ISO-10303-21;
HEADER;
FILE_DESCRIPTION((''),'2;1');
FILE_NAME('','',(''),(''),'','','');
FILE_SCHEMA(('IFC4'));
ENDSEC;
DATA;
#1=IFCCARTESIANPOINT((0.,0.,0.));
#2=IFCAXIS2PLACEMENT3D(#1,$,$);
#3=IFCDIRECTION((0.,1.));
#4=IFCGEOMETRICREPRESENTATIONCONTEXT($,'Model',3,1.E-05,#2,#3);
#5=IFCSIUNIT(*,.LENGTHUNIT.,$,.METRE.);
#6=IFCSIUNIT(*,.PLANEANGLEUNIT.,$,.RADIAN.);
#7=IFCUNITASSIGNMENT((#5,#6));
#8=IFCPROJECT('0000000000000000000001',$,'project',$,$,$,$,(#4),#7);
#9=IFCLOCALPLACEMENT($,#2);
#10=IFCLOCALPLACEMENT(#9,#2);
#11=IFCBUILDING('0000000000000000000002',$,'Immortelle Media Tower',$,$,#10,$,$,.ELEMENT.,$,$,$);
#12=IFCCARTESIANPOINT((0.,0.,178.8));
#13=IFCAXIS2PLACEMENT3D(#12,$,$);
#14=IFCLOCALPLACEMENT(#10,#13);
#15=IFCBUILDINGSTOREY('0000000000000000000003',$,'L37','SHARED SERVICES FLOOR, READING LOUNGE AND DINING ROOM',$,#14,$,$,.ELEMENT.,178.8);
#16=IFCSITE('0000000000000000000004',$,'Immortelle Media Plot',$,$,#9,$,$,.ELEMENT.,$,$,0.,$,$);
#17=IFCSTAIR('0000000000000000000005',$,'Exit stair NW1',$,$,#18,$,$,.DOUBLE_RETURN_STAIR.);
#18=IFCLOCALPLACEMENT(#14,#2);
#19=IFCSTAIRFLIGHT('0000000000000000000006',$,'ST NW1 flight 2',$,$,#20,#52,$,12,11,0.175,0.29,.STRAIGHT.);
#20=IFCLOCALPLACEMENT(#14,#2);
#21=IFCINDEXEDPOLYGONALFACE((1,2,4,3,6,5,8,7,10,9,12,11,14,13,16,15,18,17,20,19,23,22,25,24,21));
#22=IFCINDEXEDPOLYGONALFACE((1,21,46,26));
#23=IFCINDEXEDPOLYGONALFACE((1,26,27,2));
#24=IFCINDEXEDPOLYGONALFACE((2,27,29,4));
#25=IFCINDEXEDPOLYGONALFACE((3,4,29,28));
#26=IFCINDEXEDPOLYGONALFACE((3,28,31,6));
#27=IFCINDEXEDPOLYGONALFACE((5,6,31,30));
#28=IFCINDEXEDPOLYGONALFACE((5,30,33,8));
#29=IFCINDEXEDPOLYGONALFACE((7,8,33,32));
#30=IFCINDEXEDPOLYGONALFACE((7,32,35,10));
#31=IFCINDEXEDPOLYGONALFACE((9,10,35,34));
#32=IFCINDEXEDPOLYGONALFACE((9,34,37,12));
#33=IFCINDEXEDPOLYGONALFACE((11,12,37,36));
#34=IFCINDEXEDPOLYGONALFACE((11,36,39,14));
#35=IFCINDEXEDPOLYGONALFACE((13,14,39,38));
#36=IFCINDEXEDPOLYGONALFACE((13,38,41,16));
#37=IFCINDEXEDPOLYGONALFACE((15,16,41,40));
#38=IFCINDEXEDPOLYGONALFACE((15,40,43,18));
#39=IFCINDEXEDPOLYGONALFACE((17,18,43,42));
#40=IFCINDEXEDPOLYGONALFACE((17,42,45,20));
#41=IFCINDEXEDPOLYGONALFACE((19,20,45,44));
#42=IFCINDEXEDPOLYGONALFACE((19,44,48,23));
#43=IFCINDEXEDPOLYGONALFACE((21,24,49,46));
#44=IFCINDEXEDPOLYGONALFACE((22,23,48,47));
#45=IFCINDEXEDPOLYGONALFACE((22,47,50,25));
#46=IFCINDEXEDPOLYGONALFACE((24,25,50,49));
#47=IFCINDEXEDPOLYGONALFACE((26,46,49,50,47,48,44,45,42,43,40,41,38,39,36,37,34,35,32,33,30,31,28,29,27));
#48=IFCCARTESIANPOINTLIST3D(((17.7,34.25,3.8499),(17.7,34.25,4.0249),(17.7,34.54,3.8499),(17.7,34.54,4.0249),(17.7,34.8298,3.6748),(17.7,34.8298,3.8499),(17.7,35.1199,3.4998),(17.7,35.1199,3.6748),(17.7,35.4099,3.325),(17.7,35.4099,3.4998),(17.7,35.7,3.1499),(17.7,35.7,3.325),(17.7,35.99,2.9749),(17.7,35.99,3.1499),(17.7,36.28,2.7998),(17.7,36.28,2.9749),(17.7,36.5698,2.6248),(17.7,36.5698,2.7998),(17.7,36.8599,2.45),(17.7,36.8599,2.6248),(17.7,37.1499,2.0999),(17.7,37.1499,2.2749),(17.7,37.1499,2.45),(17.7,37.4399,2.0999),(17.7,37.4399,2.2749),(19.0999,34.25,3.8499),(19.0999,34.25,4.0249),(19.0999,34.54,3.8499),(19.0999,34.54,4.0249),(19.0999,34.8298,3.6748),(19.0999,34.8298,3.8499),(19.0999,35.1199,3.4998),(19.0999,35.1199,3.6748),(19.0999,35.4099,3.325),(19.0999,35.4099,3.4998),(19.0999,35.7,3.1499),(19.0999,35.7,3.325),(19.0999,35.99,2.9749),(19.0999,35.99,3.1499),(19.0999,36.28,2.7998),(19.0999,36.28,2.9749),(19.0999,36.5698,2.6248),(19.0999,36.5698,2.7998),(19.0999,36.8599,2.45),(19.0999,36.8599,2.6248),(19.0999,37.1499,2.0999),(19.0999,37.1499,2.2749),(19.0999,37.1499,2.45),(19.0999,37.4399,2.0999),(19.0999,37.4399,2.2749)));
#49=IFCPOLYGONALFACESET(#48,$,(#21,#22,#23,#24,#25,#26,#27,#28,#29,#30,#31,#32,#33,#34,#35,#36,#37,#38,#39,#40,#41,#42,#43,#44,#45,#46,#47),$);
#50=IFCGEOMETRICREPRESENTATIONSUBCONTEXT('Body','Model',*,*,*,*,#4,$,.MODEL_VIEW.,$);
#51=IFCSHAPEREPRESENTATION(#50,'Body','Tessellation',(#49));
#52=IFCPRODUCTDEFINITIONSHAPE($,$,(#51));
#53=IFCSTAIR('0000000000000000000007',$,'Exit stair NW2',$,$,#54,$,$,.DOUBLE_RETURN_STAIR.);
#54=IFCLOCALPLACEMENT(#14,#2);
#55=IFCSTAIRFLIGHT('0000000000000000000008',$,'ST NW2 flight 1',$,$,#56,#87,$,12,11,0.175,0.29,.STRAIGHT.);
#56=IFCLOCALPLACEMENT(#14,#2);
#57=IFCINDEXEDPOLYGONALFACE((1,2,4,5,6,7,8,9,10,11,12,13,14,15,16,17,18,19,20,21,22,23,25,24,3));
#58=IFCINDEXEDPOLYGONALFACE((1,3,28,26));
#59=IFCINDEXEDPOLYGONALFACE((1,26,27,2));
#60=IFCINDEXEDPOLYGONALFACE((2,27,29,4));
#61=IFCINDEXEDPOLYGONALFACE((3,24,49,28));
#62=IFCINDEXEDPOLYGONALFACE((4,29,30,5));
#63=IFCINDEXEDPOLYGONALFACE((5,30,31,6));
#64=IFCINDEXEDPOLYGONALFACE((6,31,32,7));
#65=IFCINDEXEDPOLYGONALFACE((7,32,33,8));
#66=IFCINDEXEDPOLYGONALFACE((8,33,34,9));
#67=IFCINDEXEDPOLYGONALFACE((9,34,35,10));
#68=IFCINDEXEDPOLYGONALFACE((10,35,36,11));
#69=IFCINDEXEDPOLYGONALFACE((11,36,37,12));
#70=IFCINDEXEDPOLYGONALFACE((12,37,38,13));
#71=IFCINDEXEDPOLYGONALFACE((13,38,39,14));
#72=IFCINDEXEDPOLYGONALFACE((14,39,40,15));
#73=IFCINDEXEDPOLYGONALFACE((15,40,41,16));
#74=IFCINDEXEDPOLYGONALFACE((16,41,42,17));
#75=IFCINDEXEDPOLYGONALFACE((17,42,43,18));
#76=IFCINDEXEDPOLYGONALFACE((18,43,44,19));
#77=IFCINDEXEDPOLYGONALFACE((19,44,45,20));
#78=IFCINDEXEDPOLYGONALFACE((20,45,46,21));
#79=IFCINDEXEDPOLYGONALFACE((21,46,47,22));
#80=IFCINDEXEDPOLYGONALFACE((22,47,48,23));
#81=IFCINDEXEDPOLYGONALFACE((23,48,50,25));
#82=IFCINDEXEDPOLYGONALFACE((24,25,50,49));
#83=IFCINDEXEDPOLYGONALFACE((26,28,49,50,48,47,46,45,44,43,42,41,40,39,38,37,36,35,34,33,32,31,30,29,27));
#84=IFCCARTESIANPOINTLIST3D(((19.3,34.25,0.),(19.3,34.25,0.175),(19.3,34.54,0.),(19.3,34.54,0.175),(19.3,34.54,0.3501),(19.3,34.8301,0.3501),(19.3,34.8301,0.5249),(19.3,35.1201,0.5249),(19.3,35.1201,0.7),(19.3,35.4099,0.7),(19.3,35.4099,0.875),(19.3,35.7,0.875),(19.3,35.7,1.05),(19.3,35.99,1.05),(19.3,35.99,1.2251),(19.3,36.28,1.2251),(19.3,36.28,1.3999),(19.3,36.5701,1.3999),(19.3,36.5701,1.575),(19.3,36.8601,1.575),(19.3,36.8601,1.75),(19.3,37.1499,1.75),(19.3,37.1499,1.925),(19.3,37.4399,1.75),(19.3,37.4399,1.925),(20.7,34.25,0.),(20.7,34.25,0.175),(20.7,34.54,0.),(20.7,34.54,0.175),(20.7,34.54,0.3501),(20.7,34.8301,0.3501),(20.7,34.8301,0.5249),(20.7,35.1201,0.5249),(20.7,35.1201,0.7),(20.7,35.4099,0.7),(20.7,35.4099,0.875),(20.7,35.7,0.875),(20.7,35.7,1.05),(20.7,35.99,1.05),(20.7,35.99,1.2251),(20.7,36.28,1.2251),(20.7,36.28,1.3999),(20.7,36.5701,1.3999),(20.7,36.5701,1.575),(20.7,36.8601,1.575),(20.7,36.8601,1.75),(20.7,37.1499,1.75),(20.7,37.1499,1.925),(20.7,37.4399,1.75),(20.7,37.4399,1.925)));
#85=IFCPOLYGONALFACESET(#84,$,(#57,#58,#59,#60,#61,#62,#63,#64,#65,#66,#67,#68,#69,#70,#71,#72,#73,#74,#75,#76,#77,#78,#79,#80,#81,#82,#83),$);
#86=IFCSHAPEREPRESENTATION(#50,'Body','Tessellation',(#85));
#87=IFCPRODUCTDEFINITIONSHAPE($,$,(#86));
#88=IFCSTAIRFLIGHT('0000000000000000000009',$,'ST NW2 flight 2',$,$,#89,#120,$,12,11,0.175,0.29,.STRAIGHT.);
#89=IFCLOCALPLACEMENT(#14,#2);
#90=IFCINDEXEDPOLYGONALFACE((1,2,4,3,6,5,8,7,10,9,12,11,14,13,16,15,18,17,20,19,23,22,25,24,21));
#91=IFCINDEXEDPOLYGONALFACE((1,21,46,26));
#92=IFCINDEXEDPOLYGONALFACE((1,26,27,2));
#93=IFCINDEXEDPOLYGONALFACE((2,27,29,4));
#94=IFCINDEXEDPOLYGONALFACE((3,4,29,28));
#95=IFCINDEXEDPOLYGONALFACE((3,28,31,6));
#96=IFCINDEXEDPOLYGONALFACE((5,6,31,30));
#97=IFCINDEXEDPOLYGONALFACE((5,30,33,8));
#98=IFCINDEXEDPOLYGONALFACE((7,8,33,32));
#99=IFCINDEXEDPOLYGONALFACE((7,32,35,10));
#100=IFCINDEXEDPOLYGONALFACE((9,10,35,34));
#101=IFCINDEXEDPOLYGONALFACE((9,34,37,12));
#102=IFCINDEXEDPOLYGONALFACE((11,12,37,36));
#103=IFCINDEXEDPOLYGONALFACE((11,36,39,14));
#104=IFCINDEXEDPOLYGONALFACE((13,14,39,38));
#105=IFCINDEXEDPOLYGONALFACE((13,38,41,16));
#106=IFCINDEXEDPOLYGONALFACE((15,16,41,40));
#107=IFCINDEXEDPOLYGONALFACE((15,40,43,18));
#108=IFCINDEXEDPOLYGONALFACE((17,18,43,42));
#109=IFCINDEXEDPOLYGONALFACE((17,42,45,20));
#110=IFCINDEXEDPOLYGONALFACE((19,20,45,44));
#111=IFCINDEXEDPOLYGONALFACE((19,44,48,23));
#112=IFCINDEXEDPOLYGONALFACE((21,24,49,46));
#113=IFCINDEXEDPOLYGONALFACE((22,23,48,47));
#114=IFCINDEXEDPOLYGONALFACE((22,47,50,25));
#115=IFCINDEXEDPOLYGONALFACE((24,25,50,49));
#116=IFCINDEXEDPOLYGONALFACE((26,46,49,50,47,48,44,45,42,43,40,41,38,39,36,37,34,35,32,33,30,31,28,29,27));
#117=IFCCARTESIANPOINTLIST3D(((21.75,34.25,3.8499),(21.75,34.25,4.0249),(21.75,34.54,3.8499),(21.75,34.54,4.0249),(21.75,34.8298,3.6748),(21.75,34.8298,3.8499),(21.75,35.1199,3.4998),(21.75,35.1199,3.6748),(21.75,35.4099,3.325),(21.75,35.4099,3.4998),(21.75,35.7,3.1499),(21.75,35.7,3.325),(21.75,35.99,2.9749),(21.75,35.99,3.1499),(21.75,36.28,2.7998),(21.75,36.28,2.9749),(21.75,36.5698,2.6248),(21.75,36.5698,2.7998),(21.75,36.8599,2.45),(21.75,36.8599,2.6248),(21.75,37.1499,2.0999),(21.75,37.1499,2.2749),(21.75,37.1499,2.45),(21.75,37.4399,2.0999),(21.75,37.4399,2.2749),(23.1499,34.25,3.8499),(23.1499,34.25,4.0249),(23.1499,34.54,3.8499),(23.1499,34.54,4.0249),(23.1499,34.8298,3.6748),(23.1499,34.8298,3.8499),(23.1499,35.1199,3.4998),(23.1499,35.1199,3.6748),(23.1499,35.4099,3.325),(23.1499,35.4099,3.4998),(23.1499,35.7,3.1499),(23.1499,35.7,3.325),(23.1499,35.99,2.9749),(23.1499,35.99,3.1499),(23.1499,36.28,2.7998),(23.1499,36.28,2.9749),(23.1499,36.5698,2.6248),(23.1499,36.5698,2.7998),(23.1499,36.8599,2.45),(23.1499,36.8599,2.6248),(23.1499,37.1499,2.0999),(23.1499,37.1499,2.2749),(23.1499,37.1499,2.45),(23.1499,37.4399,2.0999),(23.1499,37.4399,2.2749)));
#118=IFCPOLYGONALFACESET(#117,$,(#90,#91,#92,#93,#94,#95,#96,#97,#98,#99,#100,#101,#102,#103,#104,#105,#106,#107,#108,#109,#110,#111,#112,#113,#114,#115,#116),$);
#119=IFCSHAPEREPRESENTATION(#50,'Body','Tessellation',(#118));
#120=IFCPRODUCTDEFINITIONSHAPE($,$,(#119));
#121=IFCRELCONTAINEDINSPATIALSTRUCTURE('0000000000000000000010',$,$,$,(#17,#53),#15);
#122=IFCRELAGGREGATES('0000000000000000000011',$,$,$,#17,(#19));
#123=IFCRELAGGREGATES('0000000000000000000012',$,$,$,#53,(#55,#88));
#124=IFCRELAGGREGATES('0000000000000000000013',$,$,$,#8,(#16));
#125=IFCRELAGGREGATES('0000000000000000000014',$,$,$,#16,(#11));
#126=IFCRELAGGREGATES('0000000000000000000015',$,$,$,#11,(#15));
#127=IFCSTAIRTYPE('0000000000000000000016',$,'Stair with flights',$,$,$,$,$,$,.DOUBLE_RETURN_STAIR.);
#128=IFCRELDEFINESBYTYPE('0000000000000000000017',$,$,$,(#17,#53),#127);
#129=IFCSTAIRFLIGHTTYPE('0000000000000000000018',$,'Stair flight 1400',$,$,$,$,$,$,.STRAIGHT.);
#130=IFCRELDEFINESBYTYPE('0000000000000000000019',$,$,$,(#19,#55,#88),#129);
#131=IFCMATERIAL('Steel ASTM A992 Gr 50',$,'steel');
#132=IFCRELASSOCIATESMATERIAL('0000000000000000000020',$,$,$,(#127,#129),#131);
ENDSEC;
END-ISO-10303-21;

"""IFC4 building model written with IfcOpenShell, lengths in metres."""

from ifc_helpers import new_model, si_unit, direction, frame, origin, place, context, subcontext, project, spatial, polyline, outline, extrude, material, type_object, element, aggregate, save


model = new_model("IFC4")

# Units and contexts
model_context = context("Model", 3, precision=1e-05, world=origin(), true_north=direction((0.0, 1.0)))
body_context = subcontext(model_context, "Body", "Model", "MODEL_VIEW")
ifc_project = project(units=[si_unit("LENGTHUNIT", "METRE"), si_unit("PLANEANGLEUNIT", "RADIAN")], contexts=[model_context])

# Site, building, storey
site_placement = place(None, origin())
site = spatial("IfcSite", under=ifc_project, at=site_placement, Name="Immortelle Media Plot", CompositionType="ELEMENT", RefElevation=0.0)
building_placement = place(site_placement, origin())
building = spatial("IfcBuilding", under=site, at=building_placement, Name="Immortelle Media Tower", CompositionType="ELEMENT")
storey_placement = place(building_placement, frame((0.0, 0.0, 178.8)))
storey = spatial("IfcBuildingStorey", under=building, at=storey_placement, Name="L37", Description="SHARED SERVICES FLOOR, READING LOUNGE AND DINING ROOM", CompositionType="ELEMENT", Elevation=178.8)

# Shared definitions
ifc_material_1 = material(Name="Steel ASTM A992 Gr 50", Category="steel")

# Stairs, stair flights
stair_type = type_object("IfcStairType", Name="Stair with flights", PredefinedType="DOUBLE_RETURN_STAIR", material=ifc_material_1)
stair_1_placement = place(storey_placement, origin())
stair_1 = element("IfcStair", 1, at=stair_1_placement, inside=storey, type_object=stair_type, Name="Exit stair NW1", PredefinedType="DOUBLE_RETURN_STAIR")
stair_flight_type = type_object("IfcStairFlightType", Name="Stair flight 1400", PredefinedType="STRAIGHT", material=ifc_material_1)
stair_flight_1_placement = place(storey_placement, frame((18.3999, 37.4399, 2.0999), z_axis=(0.0, 0.0, 1.0), x_axis=(0.0, -1.0, 0.0)))
stair_flight_1 = element("IfcStairFlight", 2, at=stair_flight_1_placement, type_object=stair_flight_type, Name="ST NW1 flight 2", NumberOfRisers=12, NumberOfTreads=11, PredefinedType="STRAIGHT", RiserHeight=0.175, TreadLength=0.29, context=body_context, shape_type="SweptSolid", body=[
    extrude(outline(polyline([(0.0, 0.0), (0.0, 0.175), (0.29, 0.175), (0.29, 0.3501), (0.5801, 0.3501), (0.5801, 0.5249), (0.8701, 0.5249), (0.8701, 0.7), (1.1599, 0.7), (1.1599, 0.875), (1.45, 0.875), (1.45, 1.05), (1.74, 1.05), (1.74, 1.2251), (2.03, 1.2251), (2.03, 1.3999), (2.3201, 1.3999), (2.3201, 1.575), (2.6101, 1.575), (2.6101, 1.75), (2.8999, 1.75), (2.8999, 1.925), (3.1899, 1.925), (3.1899, 2.1001), (3.1899, 1.75), (0.29, 0.0), (0.0, 0.0)])), frame((0.0, 0.7, 0.0), z_axis=(0.0, -1.0, 0.0), x_axis=(1.0, 0.0, 0.0)), (0.0, 0.0, 1.0), 1.3999),
])
aggregate(stair_1, [stair_flight_1])
stair_2_placement = place(storey_placement, origin())
stair_2 = element("IfcStair", 3, at=stair_2_placement, inside=storey, type_object=stair_type, Name="Exit stair NW2", PredefinedType="DOUBLE_RETURN_STAIR")
stair_flight_2_placement = place(storey_placement, frame((20.0, 34.25, 0.0), z_axis=(0.0, 0.0, 1.0), x_axis=(0.0, 1.0, 0.0)))
stair_flight_2 = element("IfcStairFlight", 4, at=stair_flight_2_placement, type_object=stair_flight_type, Name="ST NW2 flight 1", NumberOfRisers=12, NumberOfTreads=11, PredefinedType="STRAIGHT", RiserHeight=0.175, TreadLength=0.29, context=body_context, shape_type="SweptSolid", body=[
    extrude(outline(polyline([(0.0, 0.0), (0.0, 0.175), (0.29, 0.175), (0.29, 0.3501), (0.5801, 0.3501), (0.5801, 0.5249), (0.8701, 0.5249), (0.8701, 0.7), (1.1599, 0.7), (1.1599, 0.875), (1.45, 0.875), (1.45, 1.05), (1.74, 1.05), (1.74, 1.2251), (2.03, 1.2251), (2.03, 1.3999), (2.3201, 1.3999), (2.3201, 1.575), (2.6101, 1.575), (2.6101, 1.75), (2.8999, 1.75), (2.8999, 1.925), (3.1899, 1.925), (3.1899, 2.1001), (3.1899, 1.75), (0.29, 0.0), (0.0, 0.0)])), frame((0.0, 0.7, 0.0), z_axis=(0.0, -1.0, 0.0), x_axis=(1.0, 0.0, 0.0)), (0.0, 0.0, 1.0), 1.3999),
])
stair_flight_3_placement = place(storey_placement, frame((22.45, 37.4399, 2.0999), z_axis=(0.0, 0.0, 1.0), x_axis=(0.0, -1.0, 0.0)))
stair_flight_3 = element("IfcStairFlight", 5, at=stair_flight_3_placement, type_object=stair_flight_type, Name="ST NW2 flight 2", NumberOfRisers=12, NumberOfTreads=11, PredefinedType="STRAIGHT", RiserHeight=0.175, TreadLength=0.29, context=body_context, shape_type="SweptSolid", body=[
    extrude(outline(polyline([(0.0, 0.0), (0.0, 0.175), (0.29, 0.175), (0.29, 0.3501), (0.5801, 0.3501), (0.5801, 0.5249), (0.8701, 0.5249), (0.8701, 0.7), (1.1599, 0.7), (1.1599, 0.875), (1.45, 0.875), (1.45, 1.05), (1.74, 1.05), (1.74, 1.2251), (2.03, 1.2251), (2.03, 1.3999), (2.3201, 1.3999), (2.3201, 1.575), (2.6101, 1.575), (2.6101, 1.75), (2.8999, 1.75), (2.8999, 1.925), (3.1899, 1.925), (3.1899, 2.1001), (3.1899, 1.75), (0.29, 0.0), (0.0, 0.0)])), frame((0.0, 0.7, 0.0), z_axis=(0.0, -1.0, 0.0), x_axis=(1.0, 0.0, 0.0)), (0.0, 0.0, 1.0), 1.3999),
])
aggregate(stair_2, [stair_flight_2, stair_flight_3])

save(model, "model.ifc")
